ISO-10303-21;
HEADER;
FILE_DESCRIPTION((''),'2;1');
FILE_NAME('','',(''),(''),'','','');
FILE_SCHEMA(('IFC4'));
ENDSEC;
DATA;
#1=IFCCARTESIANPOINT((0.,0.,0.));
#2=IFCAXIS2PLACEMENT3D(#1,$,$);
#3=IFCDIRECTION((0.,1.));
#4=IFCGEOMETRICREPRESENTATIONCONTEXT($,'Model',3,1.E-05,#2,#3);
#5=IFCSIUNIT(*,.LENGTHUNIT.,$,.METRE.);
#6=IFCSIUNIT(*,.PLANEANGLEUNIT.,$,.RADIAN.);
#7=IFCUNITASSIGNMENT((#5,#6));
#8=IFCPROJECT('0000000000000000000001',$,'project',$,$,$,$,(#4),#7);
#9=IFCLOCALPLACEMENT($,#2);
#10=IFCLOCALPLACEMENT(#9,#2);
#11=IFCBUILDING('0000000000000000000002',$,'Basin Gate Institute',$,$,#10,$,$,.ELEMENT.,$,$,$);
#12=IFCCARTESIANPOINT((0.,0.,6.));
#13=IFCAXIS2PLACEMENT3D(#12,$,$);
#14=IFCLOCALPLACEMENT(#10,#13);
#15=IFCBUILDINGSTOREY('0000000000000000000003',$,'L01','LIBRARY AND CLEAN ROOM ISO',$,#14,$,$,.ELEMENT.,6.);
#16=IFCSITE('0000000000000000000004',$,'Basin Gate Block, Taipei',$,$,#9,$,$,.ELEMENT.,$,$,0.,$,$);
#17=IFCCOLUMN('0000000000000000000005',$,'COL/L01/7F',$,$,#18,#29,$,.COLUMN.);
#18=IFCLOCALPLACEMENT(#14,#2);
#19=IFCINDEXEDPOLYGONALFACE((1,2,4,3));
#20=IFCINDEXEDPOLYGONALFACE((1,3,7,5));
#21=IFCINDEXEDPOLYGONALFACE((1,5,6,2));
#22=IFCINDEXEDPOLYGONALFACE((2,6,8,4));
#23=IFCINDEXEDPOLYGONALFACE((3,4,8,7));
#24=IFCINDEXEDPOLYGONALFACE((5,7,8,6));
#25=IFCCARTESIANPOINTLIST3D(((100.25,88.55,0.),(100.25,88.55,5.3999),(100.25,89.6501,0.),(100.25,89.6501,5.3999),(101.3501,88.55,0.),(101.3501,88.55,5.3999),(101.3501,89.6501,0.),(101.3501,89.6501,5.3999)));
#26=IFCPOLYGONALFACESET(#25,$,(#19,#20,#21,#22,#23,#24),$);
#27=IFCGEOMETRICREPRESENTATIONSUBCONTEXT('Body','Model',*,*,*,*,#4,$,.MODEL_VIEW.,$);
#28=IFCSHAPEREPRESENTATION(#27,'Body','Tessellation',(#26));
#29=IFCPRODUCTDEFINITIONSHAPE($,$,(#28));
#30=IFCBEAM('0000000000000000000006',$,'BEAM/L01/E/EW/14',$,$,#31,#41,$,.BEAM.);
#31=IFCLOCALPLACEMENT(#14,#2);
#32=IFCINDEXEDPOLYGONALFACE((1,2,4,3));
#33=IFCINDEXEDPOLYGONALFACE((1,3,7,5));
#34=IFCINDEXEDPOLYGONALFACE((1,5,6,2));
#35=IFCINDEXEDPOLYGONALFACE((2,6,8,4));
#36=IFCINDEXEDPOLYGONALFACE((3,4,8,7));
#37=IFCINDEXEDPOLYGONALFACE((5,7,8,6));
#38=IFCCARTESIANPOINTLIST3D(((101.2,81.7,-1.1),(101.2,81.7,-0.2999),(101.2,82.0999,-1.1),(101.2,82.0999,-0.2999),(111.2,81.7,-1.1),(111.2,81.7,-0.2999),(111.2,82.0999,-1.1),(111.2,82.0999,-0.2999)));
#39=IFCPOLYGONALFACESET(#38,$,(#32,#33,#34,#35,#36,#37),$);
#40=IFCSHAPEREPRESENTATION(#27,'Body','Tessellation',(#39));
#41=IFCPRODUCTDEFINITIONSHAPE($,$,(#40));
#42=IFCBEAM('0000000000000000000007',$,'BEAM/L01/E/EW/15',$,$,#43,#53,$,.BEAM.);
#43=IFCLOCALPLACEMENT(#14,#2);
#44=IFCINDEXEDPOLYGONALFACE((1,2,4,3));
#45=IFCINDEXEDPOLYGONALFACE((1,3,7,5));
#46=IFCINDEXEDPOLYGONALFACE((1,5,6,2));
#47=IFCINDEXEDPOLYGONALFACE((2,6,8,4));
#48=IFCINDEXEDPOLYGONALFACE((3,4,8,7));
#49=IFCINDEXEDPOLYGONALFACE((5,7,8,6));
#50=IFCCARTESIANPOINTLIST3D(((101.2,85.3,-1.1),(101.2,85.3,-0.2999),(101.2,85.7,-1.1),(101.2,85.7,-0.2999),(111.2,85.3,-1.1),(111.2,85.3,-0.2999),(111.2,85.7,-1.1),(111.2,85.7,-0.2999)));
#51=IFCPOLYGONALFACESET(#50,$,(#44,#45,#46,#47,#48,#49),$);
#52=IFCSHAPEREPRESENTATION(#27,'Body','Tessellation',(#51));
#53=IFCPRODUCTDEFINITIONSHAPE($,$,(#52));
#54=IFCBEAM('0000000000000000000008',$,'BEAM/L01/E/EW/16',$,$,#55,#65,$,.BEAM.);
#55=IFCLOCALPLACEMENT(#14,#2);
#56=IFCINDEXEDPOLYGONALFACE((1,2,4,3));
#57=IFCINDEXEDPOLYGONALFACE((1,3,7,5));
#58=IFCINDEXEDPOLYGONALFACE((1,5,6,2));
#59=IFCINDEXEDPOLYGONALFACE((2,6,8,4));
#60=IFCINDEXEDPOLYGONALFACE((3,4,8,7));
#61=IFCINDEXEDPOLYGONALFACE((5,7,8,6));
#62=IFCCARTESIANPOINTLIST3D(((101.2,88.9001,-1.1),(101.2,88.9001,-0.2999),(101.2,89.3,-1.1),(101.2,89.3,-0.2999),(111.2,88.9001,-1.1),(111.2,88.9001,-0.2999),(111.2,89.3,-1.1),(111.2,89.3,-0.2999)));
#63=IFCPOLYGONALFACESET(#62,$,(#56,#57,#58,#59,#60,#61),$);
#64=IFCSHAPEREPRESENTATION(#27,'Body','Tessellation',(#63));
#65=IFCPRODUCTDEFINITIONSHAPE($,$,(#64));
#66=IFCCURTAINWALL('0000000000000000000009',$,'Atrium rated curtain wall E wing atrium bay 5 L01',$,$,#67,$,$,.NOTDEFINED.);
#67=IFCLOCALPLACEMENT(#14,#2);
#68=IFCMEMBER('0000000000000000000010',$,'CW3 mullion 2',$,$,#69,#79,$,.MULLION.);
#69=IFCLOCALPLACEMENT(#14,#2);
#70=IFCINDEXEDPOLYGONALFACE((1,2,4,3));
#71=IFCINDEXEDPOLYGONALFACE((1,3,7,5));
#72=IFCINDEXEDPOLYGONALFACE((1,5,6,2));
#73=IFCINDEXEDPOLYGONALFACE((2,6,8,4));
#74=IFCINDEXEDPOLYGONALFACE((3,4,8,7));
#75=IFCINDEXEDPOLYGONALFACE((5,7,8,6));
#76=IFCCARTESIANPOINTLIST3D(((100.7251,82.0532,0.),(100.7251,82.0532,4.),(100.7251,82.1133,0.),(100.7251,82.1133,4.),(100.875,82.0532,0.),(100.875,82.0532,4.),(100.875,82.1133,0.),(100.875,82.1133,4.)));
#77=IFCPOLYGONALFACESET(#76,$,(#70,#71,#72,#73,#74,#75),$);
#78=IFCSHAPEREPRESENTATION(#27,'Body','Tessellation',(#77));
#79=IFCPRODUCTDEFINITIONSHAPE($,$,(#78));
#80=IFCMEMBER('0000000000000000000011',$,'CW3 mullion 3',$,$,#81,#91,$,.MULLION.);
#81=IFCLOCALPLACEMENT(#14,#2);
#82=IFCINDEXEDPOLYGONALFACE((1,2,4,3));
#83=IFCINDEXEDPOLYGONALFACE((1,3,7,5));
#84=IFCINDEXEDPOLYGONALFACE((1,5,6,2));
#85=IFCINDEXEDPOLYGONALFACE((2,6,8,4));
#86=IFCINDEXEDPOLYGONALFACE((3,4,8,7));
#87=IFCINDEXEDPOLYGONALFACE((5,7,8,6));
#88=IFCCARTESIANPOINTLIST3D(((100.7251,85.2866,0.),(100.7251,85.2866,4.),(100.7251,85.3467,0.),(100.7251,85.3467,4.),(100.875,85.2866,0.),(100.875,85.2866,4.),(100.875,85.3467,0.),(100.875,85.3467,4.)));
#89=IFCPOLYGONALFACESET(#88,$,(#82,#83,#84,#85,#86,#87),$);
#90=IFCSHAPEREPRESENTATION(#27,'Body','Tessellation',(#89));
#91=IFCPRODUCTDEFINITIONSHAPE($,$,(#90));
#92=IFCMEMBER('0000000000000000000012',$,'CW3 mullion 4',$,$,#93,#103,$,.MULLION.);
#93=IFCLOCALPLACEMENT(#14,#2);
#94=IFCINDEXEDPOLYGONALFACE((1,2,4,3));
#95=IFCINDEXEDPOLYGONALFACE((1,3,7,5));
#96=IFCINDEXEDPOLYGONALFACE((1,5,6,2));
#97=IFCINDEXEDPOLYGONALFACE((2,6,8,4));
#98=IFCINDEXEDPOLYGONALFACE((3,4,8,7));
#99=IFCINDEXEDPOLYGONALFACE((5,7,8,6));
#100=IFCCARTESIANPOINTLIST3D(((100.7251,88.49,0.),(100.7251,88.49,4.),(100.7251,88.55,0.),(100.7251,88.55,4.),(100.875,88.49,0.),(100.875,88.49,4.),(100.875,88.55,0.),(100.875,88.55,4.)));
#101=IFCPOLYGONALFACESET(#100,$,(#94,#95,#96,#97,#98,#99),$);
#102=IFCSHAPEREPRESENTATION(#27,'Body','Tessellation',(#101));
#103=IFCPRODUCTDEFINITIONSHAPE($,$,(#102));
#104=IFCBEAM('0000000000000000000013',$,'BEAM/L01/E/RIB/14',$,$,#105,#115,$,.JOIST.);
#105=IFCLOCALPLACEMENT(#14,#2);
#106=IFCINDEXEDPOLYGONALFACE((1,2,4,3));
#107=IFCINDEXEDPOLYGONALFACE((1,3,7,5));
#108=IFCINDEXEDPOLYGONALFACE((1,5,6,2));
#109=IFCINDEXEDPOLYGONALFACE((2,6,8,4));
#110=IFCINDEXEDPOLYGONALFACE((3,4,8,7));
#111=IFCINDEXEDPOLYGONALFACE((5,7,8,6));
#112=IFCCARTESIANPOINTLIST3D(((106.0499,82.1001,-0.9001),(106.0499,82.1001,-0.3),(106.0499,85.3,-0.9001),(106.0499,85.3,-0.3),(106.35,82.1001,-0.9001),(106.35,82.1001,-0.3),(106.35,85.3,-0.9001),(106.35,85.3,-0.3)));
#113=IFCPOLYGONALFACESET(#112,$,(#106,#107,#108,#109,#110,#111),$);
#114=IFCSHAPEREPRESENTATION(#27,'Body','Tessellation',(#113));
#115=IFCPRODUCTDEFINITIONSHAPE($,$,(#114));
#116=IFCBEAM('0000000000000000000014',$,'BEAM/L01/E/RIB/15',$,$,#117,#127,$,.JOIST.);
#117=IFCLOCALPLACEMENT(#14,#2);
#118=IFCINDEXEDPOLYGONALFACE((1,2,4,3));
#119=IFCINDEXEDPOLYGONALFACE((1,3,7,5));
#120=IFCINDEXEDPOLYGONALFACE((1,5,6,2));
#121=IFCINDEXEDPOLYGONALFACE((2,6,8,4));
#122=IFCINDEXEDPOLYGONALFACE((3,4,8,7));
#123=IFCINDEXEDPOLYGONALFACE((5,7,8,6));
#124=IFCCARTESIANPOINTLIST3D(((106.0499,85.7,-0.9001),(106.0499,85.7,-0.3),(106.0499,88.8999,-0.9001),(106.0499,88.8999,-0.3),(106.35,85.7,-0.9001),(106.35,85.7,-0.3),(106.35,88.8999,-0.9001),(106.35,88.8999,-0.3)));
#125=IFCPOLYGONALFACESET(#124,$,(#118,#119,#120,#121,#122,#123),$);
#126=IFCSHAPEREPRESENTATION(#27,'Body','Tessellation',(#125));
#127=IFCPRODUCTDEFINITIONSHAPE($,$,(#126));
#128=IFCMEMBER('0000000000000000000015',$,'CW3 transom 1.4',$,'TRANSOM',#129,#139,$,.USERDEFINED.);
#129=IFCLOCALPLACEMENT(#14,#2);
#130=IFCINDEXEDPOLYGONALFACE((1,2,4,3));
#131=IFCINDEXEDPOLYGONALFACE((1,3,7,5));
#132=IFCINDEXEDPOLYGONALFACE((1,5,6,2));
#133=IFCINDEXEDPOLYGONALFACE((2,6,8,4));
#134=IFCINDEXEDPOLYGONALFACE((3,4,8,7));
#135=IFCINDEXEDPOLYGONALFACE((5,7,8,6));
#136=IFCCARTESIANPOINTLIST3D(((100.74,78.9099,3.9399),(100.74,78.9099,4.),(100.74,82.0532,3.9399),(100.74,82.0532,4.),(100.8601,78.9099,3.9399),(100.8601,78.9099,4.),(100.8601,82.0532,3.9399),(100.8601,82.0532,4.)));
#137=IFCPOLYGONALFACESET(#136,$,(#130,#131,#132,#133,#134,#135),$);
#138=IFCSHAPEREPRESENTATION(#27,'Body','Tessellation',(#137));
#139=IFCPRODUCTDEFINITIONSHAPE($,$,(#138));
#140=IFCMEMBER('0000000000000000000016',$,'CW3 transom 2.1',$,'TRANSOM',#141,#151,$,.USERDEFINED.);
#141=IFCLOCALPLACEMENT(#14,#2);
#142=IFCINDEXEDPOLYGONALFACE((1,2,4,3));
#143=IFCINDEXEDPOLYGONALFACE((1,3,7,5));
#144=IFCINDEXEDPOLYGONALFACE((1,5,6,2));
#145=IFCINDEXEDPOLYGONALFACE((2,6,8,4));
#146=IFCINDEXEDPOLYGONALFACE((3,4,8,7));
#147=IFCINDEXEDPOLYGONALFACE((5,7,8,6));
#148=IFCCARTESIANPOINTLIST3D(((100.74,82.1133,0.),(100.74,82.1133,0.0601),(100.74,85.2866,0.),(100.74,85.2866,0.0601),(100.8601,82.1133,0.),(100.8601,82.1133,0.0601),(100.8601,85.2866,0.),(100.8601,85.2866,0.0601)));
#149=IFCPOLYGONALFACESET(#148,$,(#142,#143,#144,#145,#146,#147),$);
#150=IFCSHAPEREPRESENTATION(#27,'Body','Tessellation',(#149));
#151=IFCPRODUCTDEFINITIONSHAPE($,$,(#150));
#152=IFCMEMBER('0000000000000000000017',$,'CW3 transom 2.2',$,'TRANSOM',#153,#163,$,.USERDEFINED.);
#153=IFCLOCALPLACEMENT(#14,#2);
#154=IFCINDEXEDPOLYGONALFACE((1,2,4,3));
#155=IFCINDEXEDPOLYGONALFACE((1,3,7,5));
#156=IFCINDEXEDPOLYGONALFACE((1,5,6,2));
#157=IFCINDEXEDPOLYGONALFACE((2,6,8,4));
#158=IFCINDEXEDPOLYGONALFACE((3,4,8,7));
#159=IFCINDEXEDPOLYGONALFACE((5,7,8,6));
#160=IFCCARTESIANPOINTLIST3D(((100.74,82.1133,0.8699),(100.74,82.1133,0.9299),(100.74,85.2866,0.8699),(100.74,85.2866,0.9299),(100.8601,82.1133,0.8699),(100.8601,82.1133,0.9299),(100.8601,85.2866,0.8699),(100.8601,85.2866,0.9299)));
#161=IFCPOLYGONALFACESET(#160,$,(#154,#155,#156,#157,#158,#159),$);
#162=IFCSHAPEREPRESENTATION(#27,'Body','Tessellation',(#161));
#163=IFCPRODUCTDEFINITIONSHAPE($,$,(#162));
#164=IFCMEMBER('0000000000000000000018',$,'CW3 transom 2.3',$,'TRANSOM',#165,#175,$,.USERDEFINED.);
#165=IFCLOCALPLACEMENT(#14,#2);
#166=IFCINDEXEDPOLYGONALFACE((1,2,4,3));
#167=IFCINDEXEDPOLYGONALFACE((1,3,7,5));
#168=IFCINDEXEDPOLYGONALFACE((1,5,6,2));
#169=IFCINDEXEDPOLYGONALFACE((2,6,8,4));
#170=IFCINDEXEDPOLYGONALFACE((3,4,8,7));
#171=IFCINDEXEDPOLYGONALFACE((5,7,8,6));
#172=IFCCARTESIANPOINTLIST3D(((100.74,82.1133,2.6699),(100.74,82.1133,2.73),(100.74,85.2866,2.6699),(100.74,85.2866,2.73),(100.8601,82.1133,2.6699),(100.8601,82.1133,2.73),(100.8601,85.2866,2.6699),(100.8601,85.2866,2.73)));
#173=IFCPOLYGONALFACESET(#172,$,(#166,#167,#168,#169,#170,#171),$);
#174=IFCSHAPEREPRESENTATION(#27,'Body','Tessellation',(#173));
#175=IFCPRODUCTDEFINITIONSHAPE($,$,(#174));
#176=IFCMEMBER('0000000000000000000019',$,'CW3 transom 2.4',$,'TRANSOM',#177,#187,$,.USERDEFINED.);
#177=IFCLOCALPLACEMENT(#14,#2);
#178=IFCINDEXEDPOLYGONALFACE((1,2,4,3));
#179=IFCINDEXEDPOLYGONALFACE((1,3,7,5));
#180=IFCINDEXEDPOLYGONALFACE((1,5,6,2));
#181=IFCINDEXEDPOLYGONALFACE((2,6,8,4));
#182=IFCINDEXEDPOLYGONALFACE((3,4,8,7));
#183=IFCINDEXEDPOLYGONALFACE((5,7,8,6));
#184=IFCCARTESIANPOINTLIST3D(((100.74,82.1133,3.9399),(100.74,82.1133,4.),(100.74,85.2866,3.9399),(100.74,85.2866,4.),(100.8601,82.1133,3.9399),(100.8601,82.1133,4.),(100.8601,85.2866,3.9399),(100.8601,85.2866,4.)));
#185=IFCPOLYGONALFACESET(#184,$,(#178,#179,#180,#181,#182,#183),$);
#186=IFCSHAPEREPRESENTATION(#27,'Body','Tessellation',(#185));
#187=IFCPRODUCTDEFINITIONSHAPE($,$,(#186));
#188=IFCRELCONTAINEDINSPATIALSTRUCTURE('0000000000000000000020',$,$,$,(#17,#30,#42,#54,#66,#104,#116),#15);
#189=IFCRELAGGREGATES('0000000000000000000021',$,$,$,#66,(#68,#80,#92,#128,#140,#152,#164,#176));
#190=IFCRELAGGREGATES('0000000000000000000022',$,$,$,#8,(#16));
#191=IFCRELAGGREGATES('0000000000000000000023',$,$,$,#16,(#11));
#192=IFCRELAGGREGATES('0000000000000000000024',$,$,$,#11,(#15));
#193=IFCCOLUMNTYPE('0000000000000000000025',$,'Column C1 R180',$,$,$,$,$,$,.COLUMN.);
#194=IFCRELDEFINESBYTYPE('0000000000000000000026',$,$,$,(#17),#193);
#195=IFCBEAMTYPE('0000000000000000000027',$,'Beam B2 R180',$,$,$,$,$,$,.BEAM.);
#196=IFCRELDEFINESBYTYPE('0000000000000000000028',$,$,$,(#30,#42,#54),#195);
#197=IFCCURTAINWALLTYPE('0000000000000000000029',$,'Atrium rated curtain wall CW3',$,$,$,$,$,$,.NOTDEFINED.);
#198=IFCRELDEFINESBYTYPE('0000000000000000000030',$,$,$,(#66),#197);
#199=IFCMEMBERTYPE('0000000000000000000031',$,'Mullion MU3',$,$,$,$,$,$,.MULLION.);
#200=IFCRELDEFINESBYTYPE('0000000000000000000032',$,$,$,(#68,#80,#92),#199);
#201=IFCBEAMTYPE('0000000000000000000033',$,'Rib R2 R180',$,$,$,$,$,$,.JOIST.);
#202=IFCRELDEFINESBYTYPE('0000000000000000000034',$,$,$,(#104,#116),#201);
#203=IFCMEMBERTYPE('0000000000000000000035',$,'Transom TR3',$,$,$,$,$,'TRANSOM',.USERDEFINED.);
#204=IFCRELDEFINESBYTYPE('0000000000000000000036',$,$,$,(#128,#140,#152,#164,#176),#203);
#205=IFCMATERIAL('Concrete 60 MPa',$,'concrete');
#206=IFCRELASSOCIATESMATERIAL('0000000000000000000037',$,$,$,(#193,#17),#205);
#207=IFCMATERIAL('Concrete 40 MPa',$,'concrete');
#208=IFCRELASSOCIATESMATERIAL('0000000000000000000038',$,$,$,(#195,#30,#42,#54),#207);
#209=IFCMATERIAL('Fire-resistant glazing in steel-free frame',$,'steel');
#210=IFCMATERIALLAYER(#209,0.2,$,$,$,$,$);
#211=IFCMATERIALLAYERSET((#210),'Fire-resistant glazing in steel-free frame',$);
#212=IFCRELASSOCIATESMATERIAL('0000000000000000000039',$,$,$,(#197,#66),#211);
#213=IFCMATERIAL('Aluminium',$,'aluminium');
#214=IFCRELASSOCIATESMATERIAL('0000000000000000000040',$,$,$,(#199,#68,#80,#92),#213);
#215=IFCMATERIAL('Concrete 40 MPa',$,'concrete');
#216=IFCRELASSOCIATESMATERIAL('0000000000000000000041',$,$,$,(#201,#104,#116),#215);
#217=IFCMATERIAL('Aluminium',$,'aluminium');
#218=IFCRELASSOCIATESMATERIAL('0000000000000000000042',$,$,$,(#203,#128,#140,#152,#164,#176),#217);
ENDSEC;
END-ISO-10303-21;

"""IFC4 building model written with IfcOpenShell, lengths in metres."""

from ifc_helpers import new_model, si_unit, direction, frame, origin, origin_2d, place, context, subcontext, project, spatial, rectangle, extrude, material, layer, layer_set, material_profile, profile_set, type_object, element, aggregate, save


model = new_model("IFC4")

# Units and contexts
model_context = context("Model", 3, precision=1e-05, world=origin(), true_north=direction((0.0, 1.0)))
body_context = subcontext(model_context, "Body", "Model", "MODEL_VIEW")
ifc_project = project(units=[si_unit("LENGTHUNIT", "METRE"), si_unit("PLANEANGLEUNIT", "RADIAN")], contexts=[model_context])

# Site, building, storey
site_placement = place(None, origin())
site = spatial("IfcSite", under=ifc_project, at=site_placement, Name="Basin Gate Block, Taipei", CompositionType="ELEMENT", RefElevation=0.0)
building_placement = place(site_placement, origin())
building = spatial("IfcBuilding", under=site, at=building_placement, Name="Basin Gate Institute", CompositionType="ELEMENT")
storey_placement = place(building_placement, frame((0.0, 0.0, 6.0)))
storey = spatial("IfcBuildingStorey", under=building, at=storey_placement, Name="L01", Description="LIBRARY AND CLEAN ROOM ISO", CompositionType="ELEMENT", Elevation=6.0)

# Column
ifc_material_1 = material(Name="Concrete 60 MPa", Category="concrete")
ifc_material_profile_1 = material_profile(ifc_material_1, rectangle(XDim=1.1001, YDim=1.1001, at=origin_2d()), Name="Column C1 1100 x 1100")
ifc_profile_set_1 = profile_set([ifc_material_profile_1], Name="Concrete 60 MPa")
column_type = type_object("IfcColumnType", Name="Column C1 R180", PredefinedType="COLUMN", material=ifc_profile_set_1)
column_placement = place(storey_placement, frame((100.8, 89.1001, 0.0), z_axis=(0.0, 0.0, 1.0), x_axis=(1.0, 0.0, 0.0)))
element("IfcColumn", 1, at=column_placement, inside=storey, type_object=column_type, material=ifc_profile_set_1, Name="COL/L01/7F", PredefinedType="COLUMN", context=body_context, shape_type="SweptSolid", body=[
    extrude(rectangle(XDim=1.1001, YDim=1.1001, at=origin_2d()), origin(), (0.0, 0.0, 1.0), 5.3999),
])

# Beams
ifc_material_2 = material(Name="Concrete 40 MPa", Category="concrete")
ifc_material_profile_2 = material_profile(ifc_material_2, rectangle(XDim=0.3999, YDim=0.8, at=origin_2d()), Name="Beam B2 400 x 800")
ifc_profile_set_2 = profile_set([ifc_material_profile_2], Name="Concrete 40 MPa")
beam_type_1 = type_object("IfcBeamType", Name="Beam B2 R180", PredefinedType="BEAM", material=ifc_profile_set_2)
for number, where, z_axis, x_axis, name in (
    (2, (111.2, 81.8999, -0.7), (-1.0, 0.0, 0.0), (0.0, -1.0, 0.0), "BEAM/L01/E/EW/14"),
    (3, (111.2, 85.5, -0.7), (-1.0, 0.0, 0.0), (0.0, -1.0, 0.0), "BEAM/L01/E/EW/15"),
    (4, (111.2, 89.1001, -0.7), (-1.0, 0.0, 0.0), (0.0, -1.0, 0.0), "BEAM/L01/E/EW/16"),
):
    element("IfcBeam", number, at=place(storey_placement, frame(where, z_axis=z_axis, x_axis=x_axis)), inside=storey, type_object=beam_type_1, material=ifc_profile_set_2, Name=name, PredefinedType="BEAM", context=body_context, shape_type="SweptSolid", body=[
        extrude(rectangle(XDim=0.3999, YDim=0.8, at=origin_2d()), origin(), (0.0, 0.0, 1.0), 10.0),
    ])

# Curtain wall, members
ifc_material_3 = material(Name="Fire-resistant glazing in steel-free frame", Category="steel")
ifc_layer_1 = layer(ifc_material_3, 0.2)
ifc_layer_set_1 = layer_set([ifc_layer_1], Name="Fire-resistant glazing in steel-free frame")
curtain_wall_type = type_object("IfcCurtainWallType", Name="Atrium rated curtain wall CW3", PredefinedType="NOTDEFINED", material=ifc_layer_set_1)
curtain_wall_placement = place(storey_placement, origin())
curtain_wall = element("IfcCurtainWall", 5, at=curtain_wall_placement, inside=storey, type_object=curtain_wall_type, material=ifc_layer_set_1, Name="Atrium rated curtain wall E wing atrium bay 5 L01", PredefinedType="NOTDEFINED")
ifc_material_4 = material(Name="Aluminium", Category="aluminium")
ifc_material_profile_3 = material_profile(ifc_material_4, rectangle(XDim=0.1499, YDim=0.0601, at=origin_2d()), Name="Mullion MU3 150 x 60")
ifc_profile_set_3 = profile_set([ifc_material_profile_3], Name="Aluminium")
member_type_1 = type_object("IfcMemberType", Name="Mullion MU3", PredefinedType="MULLION", material=ifc_profile_set_3)
member_1_placement = place(storey_placement, frame((100.8, 82.0833, 0.0), z_axis=(0.0, 0.0, 1.0), x_axis=(-1.0, 0.0, 0.0)))
member_1 = element("IfcMember", 6, at=member_1_placement, type_object=member_type_1, material=ifc_profile_set_3, Name="CW3 mullion 2", PredefinedType="MULLION", context=body_context, shape_type="SweptSolid", body=[
    extrude(rectangle(XDim=0.1499, YDim=0.0601, at=origin_2d()), origin(), (0.0, 0.0, 1.0), 4.0),
])
member_2_placement = place(storey_placement, frame((100.8, 85.3167, 0.0), z_axis=(0.0, 0.0, 1.0), x_axis=(-1.0, 0.0, 0.0)))
member_2 = element("IfcMember", 7, at=member_2_placement, type_object=member_type_1, material=ifc_profile_set_3, Name="CW3 mullion 3", PredefinedType="MULLION", context=body_context, shape_type="SweptSolid", body=[
    extrude(rectangle(XDim=0.1499, YDim=0.0601, at=origin_2d()), origin(), (0.0, 0.0, 1.0), 4.0),
])
member_3_placement = place(storey_placement, frame((100.8, 88.52, 0.0), z_axis=(0.0, 0.0, 1.0), x_axis=(-1.0, 0.0, 0.0)))
member_3 = element("IfcMember", 8, at=member_3_placement, type_object=member_type_1, material=ifc_profile_set_3, Name="CW3 mullion 4", PredefinedType="MULLION", context=body_context, shape_type="SweptSolid", body=[
    extrude(rectangle(XDim=0.1499, YDim=0.0601, at=origin_2d()), origin(), (0.0, 0.0, 1.0), 4.0),
])

# Beams
ifc_material_5 = material(Name="Concrete 40 MPa", Category="concrete")
ifc_material_profile_4 = material_profile(ifc_material_5, rectangle(XDim=0.3, YDim=0.6001, at=origin_2d()), Name="Rib R2 300 x 600")
ifc_profile_set_4 = profile_set([ifc_material_profile_4], Name="Concrete 40 MPa")
beam_type_2 = type_object("IfcBeamType", Name="Rib R2 R180", PredefinedType="JOIST", material=ifc_profile_set_4)
for number, where, z_axis, x_axis, name in (
    (9, (106.2, 82.1001, -0.6001), (0.0, 1.0, 0.0), (-1.0, 0.0, 0.0), "BEAM/L01/E/RIB/14"),
    (10, (106.2, 85.7, -0.6001), (0.0, 1.0, 0.0), (-1.0, 0.0, 0.0), "BEAM/L01/E/RIB/15"),
):
    element("IfcBeam", number, at=place(storey_placement, frame(where, z_axis=z_axis, x_axis=x_axis)), inside=storey, type_object=beam_type_2, material=ifc_profile_set_4, Name=name, PredefinedType="JOIST", context=body_context, shape_type="SweptSolid", body=[
        extrude(rectangle(XDim=0.3, YDim=0.6001, at=origin_2d()), origin(), (0.0, 0.0, 1.0), 3.2),
    ])

# Members
ifc_material_6 = material(Name="Aluminium", Category="aluminium")
ifc_material_profile_5 = material_profile(ifc_material_6, rectangle(XDim=0.1201, YDim=0.0601, at=origin_2d()), Name="Transom TR3 120 x 60")
ifc_profile_set_5 = profile_set([ifc_material_profile_5], Name="Aluminium")
member_type_2 = type_object("IfcMemberType", Name="Transom TR3", ElementType="TRANSOM", PredefinedType="USERDEFINED", material=ifc_profile_set_5)
member_4_placement = place(storey_placement, frame((100.8, 78.9099, 3.97), z_axis=(0.0, 1.0, 0.0), x_axis=(-1.0, 0.0, 0.0)))
member_4 = element("IfcMember", 11, at=member_4_placement, type_object=member_type_2, material=ifc_profile_set_5, Name="CW3 transom 1.4", ObjectType="TRANSOM", PredefinedType="USERDEFINED", context=body_context, shape_type="SweptSolid", body=[
    extrude(rectangle(XDim=0.1201, YDim=0.0601, at=origin_2d()), origin(), (0.0, 0.0, 1.0), 3.1433),
])
member_5_placement = place(storey_placement, frame((100.8, 82.1133, 0.03), z_axis=(0.0, 1.0, 0.0), x_axis=(-1.0, 0.0, 0.0)))
member_5 = element("IfcMember", 12, at=member_5_placement, type_object=member_type_2, material=ifc_profile_set_5, Name="CW3 transom 2.1", ObjectType="TRANSOM", PredefinedType="USERDEFINED", context=body_context, shape_type="SweptSolid", body=[
    extrude(rectangle(XDim=0.1201, YDim=0.0601, at=origin_2d()), origin(), (0.0, 0.0, 1.0), 3.1733),
])
member_6_placement = place(storey_placement, frame((100.8, 82.1133, 0.8999), z_axis=(0.0, 1.0, 0.0), x_axis=(-1.0, 0.0, 0.0)))
member_6 = element("IfcMember", 13, at=member_6_placement, type_object=member_type_2, material=ifc_profile_set_5, Name="CW3 transom 2.2", ObjectType="TRANSOM", PredefinedType="USERDEFINED", context=body_context, shape_type="SweptSolid", body=[
    extrude(rectangle(XDim=0.1201, YDim=0.0601, at=origin_2d()), origin(), (0.0, 0.0, 1.0), 3.1733),
])
member_7_placement = place(storey_placement, frame((100.8, 82.1133, 2.7), z_axis=(0.0, 1.0, 0.0), x_axis=(-1.0, 0.0, 0.0)))
member_7 = element("IfcMember", 14, at=member_7_placement, type_object=member_type_2, material=ifc_profile_set_5, Name="CW3 transom 2.3", ObjectType="TRANSOM", PredefinedType="USERDEFINED", context=body_context, shape_type="SweptSolid", body=[
    extrude(rectangle(XDim=0.1201, YDim=0.0601, at=origin_2d()), origin(), (0.0, 0.0, 1.0), 3.1733),
])
member_8_placement = place(storey_placement, frame((100.8, 82.1133, 3.97), z_axis=(0.0, 1.0, 0.0), x_axis=(-1.0, 0.0, 0.0)))
member_8 = element("IfcMember", 15, at=member_8_placement, type_object=member_type_2, material=ifc_profile_set_5, Name="CW3 transom 2.4", ObjectType="TRANSOM", PredefinedType="USERDEFINED", context=body_context, shape_type="SweptSolid", body=[
    extrude(rectangle(XDim=0.1201, YDim=0.0601, at=origin_2d()), origin(), (0.0, 0.0, 1.0), 3.1733),
])

aggregate(curtain_wall, [member_1, member_2, member_3, member_4, member_5, member_6, member_7, member_8])

save(model, "model.ifc")
